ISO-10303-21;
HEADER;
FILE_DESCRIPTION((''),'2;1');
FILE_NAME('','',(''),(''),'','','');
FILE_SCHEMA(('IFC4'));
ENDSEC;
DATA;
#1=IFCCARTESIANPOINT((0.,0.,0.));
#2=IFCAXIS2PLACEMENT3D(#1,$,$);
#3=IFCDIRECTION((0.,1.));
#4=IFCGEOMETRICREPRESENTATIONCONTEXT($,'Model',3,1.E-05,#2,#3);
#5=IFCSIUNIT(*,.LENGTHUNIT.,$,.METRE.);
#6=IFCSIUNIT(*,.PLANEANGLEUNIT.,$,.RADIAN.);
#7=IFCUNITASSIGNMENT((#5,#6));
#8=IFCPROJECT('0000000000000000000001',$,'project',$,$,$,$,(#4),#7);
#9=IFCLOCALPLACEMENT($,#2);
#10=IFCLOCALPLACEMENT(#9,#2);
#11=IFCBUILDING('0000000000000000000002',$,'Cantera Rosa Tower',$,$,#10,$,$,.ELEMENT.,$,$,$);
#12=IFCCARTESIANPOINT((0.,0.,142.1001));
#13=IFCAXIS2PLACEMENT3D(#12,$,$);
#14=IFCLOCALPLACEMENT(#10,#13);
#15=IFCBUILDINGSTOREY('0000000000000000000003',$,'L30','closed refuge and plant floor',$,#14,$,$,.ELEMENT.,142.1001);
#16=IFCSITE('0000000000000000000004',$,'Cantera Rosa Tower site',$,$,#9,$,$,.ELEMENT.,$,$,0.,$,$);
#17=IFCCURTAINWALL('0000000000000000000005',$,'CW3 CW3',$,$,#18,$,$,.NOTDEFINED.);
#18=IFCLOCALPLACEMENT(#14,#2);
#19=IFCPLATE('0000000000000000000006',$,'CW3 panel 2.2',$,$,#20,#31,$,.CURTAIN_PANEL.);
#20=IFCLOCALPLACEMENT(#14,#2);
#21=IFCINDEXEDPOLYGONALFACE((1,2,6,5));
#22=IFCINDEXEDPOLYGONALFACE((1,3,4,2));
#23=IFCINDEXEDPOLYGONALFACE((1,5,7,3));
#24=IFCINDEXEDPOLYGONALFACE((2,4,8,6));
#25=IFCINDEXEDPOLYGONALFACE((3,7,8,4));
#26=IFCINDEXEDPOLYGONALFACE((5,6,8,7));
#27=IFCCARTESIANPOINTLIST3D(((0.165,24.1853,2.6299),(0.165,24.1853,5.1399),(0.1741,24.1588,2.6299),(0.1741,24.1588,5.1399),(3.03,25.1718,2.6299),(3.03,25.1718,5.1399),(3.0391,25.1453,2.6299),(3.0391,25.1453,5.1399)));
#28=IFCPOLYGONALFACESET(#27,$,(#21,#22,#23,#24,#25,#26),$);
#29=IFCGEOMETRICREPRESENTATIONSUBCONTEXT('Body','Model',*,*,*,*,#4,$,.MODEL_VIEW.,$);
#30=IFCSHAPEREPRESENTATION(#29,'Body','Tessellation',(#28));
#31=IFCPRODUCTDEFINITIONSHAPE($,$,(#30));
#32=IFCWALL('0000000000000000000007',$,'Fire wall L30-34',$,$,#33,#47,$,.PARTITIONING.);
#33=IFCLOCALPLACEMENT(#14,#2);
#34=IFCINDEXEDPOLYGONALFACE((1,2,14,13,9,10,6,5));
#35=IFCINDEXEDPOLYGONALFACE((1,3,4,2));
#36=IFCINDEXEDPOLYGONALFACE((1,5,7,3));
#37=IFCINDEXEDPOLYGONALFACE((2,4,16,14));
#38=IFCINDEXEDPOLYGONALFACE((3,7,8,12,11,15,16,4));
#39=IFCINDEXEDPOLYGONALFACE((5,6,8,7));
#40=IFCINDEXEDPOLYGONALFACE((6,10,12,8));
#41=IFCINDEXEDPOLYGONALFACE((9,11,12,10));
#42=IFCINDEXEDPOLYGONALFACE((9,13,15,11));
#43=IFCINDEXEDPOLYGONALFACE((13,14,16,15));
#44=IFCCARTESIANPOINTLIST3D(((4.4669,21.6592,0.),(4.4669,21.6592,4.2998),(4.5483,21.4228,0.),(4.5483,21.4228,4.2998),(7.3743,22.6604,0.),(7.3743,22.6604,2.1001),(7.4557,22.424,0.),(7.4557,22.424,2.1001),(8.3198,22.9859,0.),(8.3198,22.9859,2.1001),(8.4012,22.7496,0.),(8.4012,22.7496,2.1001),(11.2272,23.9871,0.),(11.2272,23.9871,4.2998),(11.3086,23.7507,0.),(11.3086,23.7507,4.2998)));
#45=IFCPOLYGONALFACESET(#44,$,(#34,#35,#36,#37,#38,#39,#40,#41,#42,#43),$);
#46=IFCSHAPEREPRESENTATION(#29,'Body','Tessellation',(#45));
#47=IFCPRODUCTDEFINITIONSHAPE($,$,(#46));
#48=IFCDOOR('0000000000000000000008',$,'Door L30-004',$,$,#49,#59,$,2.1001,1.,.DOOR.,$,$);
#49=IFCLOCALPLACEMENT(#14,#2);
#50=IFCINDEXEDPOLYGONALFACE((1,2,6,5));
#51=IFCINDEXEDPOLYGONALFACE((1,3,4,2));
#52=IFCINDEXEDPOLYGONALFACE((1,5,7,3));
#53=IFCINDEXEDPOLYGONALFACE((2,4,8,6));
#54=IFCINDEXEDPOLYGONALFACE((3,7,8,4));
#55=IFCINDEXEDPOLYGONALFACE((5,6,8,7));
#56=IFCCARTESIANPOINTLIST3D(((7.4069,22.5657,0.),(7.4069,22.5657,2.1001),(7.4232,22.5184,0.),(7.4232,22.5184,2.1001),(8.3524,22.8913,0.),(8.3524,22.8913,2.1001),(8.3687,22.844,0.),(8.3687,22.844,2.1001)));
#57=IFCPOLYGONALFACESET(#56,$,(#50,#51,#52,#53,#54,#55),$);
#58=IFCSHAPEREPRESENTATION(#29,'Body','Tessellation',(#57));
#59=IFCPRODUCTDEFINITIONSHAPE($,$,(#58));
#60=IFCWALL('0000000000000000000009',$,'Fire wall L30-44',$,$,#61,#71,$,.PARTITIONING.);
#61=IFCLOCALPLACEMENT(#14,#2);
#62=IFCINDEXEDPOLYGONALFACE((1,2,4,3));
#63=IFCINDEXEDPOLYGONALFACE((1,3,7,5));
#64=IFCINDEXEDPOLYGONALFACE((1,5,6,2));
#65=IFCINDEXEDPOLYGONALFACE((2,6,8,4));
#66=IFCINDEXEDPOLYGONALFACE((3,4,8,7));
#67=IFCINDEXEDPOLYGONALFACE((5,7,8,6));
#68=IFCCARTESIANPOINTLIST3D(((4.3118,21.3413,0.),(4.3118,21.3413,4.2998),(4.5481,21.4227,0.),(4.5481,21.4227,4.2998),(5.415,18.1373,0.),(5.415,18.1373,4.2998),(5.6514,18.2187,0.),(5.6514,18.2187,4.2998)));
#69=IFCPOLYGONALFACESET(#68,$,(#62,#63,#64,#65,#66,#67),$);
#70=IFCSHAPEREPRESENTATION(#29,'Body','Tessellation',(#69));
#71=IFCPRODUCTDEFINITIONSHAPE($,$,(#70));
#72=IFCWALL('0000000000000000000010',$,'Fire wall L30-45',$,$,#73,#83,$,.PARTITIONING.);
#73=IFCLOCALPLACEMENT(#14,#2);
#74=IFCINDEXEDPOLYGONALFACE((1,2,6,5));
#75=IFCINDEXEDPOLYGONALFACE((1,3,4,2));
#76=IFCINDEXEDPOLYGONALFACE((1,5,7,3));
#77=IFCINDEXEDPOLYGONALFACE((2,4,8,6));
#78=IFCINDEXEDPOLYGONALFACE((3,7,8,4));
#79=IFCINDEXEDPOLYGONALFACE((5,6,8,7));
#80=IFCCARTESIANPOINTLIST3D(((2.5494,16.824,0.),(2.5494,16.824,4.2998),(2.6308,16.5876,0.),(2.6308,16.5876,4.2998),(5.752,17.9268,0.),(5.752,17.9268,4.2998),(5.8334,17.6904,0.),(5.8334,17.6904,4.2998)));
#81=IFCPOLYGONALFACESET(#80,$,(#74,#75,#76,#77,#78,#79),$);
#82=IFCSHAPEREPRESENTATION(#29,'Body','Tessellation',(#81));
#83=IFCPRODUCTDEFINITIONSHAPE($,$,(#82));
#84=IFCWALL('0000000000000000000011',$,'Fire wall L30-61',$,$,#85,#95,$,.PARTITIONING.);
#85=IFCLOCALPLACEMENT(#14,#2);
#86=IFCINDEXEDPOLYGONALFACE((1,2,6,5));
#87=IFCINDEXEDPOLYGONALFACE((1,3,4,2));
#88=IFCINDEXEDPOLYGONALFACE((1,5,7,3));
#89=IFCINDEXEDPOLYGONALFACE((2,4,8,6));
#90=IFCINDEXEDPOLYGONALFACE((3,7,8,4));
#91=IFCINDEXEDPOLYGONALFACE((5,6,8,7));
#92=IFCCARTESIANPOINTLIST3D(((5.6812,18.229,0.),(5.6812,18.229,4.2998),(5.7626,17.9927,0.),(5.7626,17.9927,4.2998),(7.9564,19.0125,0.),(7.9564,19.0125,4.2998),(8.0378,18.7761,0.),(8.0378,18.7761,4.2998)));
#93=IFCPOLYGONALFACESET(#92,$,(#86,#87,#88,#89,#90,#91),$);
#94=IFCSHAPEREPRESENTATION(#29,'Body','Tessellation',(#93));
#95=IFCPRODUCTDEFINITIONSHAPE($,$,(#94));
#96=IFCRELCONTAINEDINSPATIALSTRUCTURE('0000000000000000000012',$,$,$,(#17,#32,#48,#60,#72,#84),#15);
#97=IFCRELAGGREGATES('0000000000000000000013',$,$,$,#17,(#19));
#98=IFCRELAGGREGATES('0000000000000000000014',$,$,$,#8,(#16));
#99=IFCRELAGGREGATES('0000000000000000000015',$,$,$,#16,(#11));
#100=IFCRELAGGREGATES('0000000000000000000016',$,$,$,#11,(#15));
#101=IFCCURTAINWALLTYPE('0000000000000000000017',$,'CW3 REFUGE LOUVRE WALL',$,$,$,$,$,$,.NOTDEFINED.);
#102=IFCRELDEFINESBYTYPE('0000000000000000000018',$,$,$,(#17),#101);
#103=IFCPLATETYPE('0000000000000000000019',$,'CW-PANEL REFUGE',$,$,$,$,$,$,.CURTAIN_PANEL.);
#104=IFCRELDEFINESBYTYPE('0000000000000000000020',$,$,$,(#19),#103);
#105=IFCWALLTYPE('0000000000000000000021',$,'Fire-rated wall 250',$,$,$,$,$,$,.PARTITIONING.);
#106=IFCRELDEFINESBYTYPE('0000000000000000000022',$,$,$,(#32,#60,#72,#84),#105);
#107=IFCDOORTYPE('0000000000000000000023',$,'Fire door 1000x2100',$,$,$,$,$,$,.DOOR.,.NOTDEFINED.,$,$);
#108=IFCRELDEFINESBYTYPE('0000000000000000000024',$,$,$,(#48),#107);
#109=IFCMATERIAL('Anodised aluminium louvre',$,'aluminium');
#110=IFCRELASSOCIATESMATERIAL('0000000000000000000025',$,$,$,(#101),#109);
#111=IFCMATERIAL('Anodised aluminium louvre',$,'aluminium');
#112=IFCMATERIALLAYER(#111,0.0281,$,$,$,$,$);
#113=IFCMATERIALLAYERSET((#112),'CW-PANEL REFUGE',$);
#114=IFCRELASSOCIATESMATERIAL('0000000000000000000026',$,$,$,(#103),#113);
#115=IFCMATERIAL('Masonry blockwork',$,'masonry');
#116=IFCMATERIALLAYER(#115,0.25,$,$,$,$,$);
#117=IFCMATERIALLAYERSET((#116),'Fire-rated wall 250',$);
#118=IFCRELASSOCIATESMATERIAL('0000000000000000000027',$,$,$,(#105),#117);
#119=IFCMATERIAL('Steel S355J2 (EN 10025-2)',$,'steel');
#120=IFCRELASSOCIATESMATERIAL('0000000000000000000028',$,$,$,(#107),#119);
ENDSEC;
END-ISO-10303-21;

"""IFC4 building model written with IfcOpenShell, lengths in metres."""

from ifc_helpers import new_model, si_unit, direction, frame, frame_2d, origin, origin_2d, place, context, subcontext, project, spatial, rectangle, extrude, material, layer, layer_set, type_object, element, fill, aggregate, save


model = new_model("IFC4")

# Units and contexts
model_context = context("Model", 3, precision=1e-05, world=origin(), true_north=direction((0.0, 1.0)))
body_context = subcontext(model_context, "Body", "Model", "MODEL_VIEW")
ifc_project = project(units=[si_unit("LENGTHUNIT", "METRE"), si_unit("PLANEANGLEUNIT", "RADIAN")], contexts=[model_context])

# Site, building, storey
site_placement = place(None, origin())
site = spatial("IfcSite", under=ifc_project, at=site_placement, Name="Cantera Rosa Tower site", CompositionType="ELEMENT", RefElevation=0.0)
building_placement = place(site_placement, origin())
building = spatial("IfcBuilding", under=site, at=building_placement, Name="Cantera Rosa Tower", CompositionType="ELEMENT")
storey_placement = place(building_placement, frame((0.0, 0.0, 142.1001)))
storey = spatial("IfcBuildingStorey", under=building, at=storey_placement, Name="L30", Description="closed refuge and plant floor", CompositionType="ELEMENT", Elevation=142.1001)

# Shared definitions
ifc_material_1 = material(Name="Anodised aluminium louvre", Category="aluminium")
curtain_wall_type = type_object("IfcCurtainWallType", Name="CW3 REFUGE LOUVRE WALL", PredefinedType="NOTDEFINED", material=ifc_material_1)

# Curtain wall
curtain_wall_1_placement = place(storey_placement, origin())
curtain_wall_1 = element("IfcCurtainWall", 1, at=curtain_wall_1_placement, inside=storey, type_object=curtain_wall_type, Name="CW3 CW3", PredefinedType="NOTDEFINED")

# Plate
ifc_material_2 = material(Name="Anodised aluminium louvre", Category="aluminium")
ifc_layer_1 = layer(ifc_material_2, 0.0281)
ifc_layer_set_1 = layer_set([ifc_layer_1], Name="CW-PANEL REFUGE")
plate_type = type_object("IfcPlateType", Name="CW-PANEL REFUGE", PredefinedType="CURTAIN_PANEL", material=ifc_layer_set_1)
plate_1_placement = place(storey_placement, frame((1.6021, 24.6653, 2.6299), z_axis=(0.0, 0.0, 1.0), x_axis=(-0.945519, -0.325568, 0.0)))
plate_1 = element("IfcPlate", 2, at=plate_1_placement, type_object=plate_type, Name="CW3 panel 2.2", PredefinedType="CURTAIN_PANEL", context=body_context, shape_type="SweptSolid", body=[
    extrude(rectangle(XDim=3.03, YDim=0.0281, at=origin_2d()), origin(), (0.0, 0.0, 1.0), 2.51),
])
aggregate(curtain_wall_1, [plate_1])

# Wall, opening, door
ifc_material_3 = material(Name="Masonry blockwork", Category="masonry")
ifc_layer_2 = layer(ifc_material_3, 0.25)
ifc_layer_set_2 = layer_set([ifc_layer_2], Name="Fire-rated wall 250")
wall_type = type_object("IfcWallType", Name="Fire-rated wall 250", PredefinedType="PARTITIONING", material=ifc_layer_set_2)
wall_1_placement = place(storey_placement, frame((4.5076, 21.541, 0.0), z_axis=(0.0, 0.0, 1.0), x_axis=(0.945513, 0.325586, 0.0)))
wall_1 = element("IfcWall", 3, at=wall_1_placement, inside=storey, type_object=wall_type, Name="Fire wall L30-34", PredefinedType="PARTITIONING", context=body_context, shape_type="SweptSolid", body=[
    extrude(rectangle(XDim=7.1499, YDim=0.25, at=frame_2d((3.575, 0.0))), origin(), (0.0, 0.0, 1.0), 4.2998),
])
opening_placement = place(wall_1_placement, frame((3.075, 0.0, 0.0)))
opening = element("IfcOpeningElement", 4, at=opening_placement, cuts=wall_1, PredefinedType="OPENING", context=body_context, shape_type="SweptSolid", body=[
    extrude(rectangle(XDim=1.0, YDim=2.1001, at=frame_2d((0.5, 1.05))), frame((0.0, 0.135, 0.0), z_axis=(0.0, -1.0, 0.0), x_axis=(1.0, 0.0, 0.0)), (0.0, 0.0, 1.0), 0.27),
])
ifc_material_4 = material(Name="Steel S355J2 (EN 10025-2)", Category="steel")
door_type = type_object("IfcDoorType", Name="Fire door 1000x2100", OperationType="NOTDEFINED", PredefinedType="DOOR", material=ifc_material_4)
door_placement = place(opening_placement, origin())
door = element("IfcDoor", 5, at=door_placement, inside=storey, type_object=door_type, Name="Door L30-004", OverallHeight=2.1001, OverallWidth=1.0, PredefinedType="DOOR", context=body_context, shape_type="SweptSolid", body=[
    extrude(rectangle(XDim=1.0, YDim=2.1001, at=frame_2d((0.5, 1.05))), frame((0.0, 0.0249, 0.0), z_axis=(0.0, -1.0, 0.0), x_axis=(1.0, 0.0, 0.0)), (0.0, 0.0, 1.0), 0.05),
])
fill(opening, door)

# Walls
wall_2_placement = place(storey_placement, frame((5.5332, 18.178, 0.0), z_axis=(0.0, 0.0, 1.0), x_axis=(-0.325571, 0.945518, 0.0)))
element("IfcWall", 6, at=wall_2_placement, inside=storey, type_object=wall_type, Name="Fire wall L30-44", PredefinedType="PARTITIONING", context=body_context, shape_type="SweptSolid", body=[
    extrude(rectangle(XDim=3.3887, YDim=0.25, at=frame_2d((1.6943, 0.0))), origin(), (0.0, 0.0, 1.0), 4.2998),
])
wall_3_placement = place(storey_placement, frame((2.5901, 16.7058, 0.0), z_axis=(0.0, 0.0, 1.0), x_axis=(0.945516, 0.325575, 0.0)))
element("IfcWall", 7, at=wall_3_placement, inside=storey, type_object=wall_type, Name="Fire wall L30-45", PredefinedType="PARTITIONING", context=body_context, shape_type="SweptSolid", body=[
    extrude(rectangle(XDim=3.3872, YDim=0.25, at=frame_2d((1.6936, 0.0))), origin(), (0.0, 0.0, 1.0), 4.2998),
])
wall_4_placement = place(storey_placement, frame((5.7219, 18.1108, 0.0), z_axis=(0.0, 0.0, 1.0), x_axis=(0.945512, 0.325587, 0.0)))
element("IfcWall", 8, at=wall_4_placement, inside=storey, type_object=wall_type, Name="Fire wall L30-61", PredefinedType="PARTITIONING", context=body_context, shape_type="SweptSolid", body=[
    extrude(rectangle(XDim=2.4062, YDim=0.25, at=frame_2d((1.2031, 0.0))), origin(), (0.0, 0.0, 1.0), 4.2998),
])

save(model, "model.ifc")
